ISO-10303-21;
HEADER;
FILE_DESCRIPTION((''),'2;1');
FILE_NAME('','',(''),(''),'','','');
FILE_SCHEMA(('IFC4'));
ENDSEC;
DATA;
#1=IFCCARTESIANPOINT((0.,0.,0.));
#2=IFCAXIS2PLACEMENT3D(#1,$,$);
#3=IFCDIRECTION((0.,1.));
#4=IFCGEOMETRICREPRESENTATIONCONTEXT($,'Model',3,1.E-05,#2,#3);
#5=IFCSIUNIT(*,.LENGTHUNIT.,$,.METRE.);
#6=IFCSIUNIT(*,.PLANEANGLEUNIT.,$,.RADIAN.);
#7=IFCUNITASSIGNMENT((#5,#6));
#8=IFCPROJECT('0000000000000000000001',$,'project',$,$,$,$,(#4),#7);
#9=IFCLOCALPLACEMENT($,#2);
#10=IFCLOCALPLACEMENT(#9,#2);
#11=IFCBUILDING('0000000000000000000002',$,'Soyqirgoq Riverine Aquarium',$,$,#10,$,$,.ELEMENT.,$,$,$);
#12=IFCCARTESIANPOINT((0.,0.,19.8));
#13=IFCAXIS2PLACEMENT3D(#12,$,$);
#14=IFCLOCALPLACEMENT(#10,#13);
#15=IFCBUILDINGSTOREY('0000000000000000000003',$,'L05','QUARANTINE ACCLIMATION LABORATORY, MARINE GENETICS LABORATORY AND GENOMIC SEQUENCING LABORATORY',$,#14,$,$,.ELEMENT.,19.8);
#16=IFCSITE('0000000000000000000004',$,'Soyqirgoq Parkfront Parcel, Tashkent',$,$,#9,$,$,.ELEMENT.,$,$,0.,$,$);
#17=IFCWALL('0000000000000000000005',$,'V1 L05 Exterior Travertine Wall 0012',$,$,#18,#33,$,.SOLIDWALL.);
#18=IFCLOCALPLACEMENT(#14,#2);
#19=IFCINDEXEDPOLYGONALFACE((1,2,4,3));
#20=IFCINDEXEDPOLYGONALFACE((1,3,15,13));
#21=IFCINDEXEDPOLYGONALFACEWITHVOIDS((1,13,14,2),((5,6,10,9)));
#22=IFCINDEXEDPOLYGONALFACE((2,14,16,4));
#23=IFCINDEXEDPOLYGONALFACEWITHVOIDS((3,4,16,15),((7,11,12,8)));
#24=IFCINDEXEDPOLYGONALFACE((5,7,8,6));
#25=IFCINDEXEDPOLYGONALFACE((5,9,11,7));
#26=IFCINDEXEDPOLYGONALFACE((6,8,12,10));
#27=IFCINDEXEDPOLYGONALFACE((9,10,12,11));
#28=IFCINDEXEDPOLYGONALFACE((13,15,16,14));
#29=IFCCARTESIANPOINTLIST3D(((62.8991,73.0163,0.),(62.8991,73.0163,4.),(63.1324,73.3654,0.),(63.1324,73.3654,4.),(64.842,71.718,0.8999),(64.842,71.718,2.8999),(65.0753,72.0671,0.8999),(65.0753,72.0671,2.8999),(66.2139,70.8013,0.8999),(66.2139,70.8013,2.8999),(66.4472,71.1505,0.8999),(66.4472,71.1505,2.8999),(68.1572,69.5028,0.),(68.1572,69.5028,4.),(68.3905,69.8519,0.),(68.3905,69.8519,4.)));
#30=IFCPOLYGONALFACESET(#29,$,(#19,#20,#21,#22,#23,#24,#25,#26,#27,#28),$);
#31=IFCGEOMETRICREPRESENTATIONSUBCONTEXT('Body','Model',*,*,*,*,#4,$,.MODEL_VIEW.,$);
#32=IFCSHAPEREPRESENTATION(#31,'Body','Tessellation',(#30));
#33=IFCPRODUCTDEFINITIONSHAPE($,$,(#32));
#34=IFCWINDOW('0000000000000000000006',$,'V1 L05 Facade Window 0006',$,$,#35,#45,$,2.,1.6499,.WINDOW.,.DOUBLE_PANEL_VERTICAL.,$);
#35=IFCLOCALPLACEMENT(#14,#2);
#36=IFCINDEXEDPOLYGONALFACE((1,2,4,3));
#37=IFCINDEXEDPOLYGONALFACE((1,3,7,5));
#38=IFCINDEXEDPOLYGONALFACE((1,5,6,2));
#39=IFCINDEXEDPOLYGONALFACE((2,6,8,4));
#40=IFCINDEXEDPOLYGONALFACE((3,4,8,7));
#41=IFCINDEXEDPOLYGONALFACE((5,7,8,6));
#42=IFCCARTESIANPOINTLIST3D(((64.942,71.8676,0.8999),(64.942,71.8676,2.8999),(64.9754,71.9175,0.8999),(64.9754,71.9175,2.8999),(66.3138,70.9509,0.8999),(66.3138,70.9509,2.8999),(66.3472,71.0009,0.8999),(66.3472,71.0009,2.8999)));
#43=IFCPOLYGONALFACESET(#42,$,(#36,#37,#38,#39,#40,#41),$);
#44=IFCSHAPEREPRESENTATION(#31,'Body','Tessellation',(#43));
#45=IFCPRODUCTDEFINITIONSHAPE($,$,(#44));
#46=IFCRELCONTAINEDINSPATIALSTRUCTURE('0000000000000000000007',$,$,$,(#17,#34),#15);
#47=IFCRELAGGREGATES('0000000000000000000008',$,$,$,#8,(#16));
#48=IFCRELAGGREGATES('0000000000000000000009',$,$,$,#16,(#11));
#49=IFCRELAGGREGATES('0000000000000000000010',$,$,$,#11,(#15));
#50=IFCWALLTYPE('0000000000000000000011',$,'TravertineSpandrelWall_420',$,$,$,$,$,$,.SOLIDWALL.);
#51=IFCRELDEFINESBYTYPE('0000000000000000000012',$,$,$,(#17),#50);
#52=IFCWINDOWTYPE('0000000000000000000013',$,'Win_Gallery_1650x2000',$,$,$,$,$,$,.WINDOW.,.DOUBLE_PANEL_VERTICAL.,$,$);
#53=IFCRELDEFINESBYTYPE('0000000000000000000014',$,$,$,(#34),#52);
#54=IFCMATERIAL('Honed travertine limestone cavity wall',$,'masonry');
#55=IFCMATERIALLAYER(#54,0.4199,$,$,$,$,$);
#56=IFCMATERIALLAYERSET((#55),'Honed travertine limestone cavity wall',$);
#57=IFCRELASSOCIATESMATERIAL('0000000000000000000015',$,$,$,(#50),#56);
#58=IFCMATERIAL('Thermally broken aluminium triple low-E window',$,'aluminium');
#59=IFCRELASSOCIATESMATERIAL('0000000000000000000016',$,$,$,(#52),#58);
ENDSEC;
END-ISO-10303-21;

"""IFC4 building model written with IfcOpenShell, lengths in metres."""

from ifc_helpers import new_model, si_unit, direction, frame, frame_2d, origin, place, context, subcontext, project, spatial, rectangle, extrude, material, layer, layer_set, type_object, element, fill, save


model = new_model("IFC4")

# Units and contexts
model_context = context("Model", 3, precision=1e-05, world=origin(), true_north=direction((0.0, 1.0)))
body_context = subcontext(model_context, "Body", "Model", "MODEL_VIEW")
ifc_project = project(units=[si_unit("LENGTHUNIT", "METRE"), si_unit("PLANEANGLEUNIT", "RADIAN")], contexts=[model_context])

# Site, building, storey
site_placement = place(None, origin())
site = spatial("IfcSite", under=ifc_project, at=site_placement, Name="Soyqirgoq Parkfront Parcel, Tashkent", CompositionType="ELEMENT", RefElevation=0.0)
building_placement = place(site_placement, origin())
building = spatial("IfcBuilding", under=site, at=building_placement, Name="Soyqirgoq Riverine Aquarium", CompositionType="ELEMENT")
storey_placement = place(building_placement, frame((0.0, 0.0, 19.8)))
storey = spatial("IfcBuildingStorey", under=building, at=storey_placement, Name="L05", Description="QUARANTINE ACCLIMATION LABORATORY, MARINE GENETICS LABORATORY AND GENOMIC SEQUENCING LABORATORY", CompositionType="ELEMENT", Elevation=19.8)

# Wall, opening, window
ifc_material_1 = material(Name="Honed travertine limestone cavity wall", Category="masonry")
ifc_layer_1 = layer(ifc_material_1, 0.4199)
ifc_layer_set_1 = layer_set([ifc_layer_1], Name="Honed travertine limestone cavity wall")
wall_type_1 = type_object("IfcWallType", Name="TravertineSpandrelWall_420", PredefinedType="SOLIDWALL", material=ifc_layer_set_1)
wall_1_placement = place(storey_placement, frame((63.0156, 73.1909, 0.0), z_axis=(0.0, 0.0, 1.0), x_axis=(0.831462, -0.555582, 0.0)))
wall_1 = element("IfcWall", 1, at=wall_1_placement, inside=storey, type_object=wall_type_1, Name="V1 L05 Exterior Travertine Wall 0012", PredefinedType="SOLIDWALL", context=body_context, shape_type="SweptSolid", body=[
    extrude(rectangle(XDim=6.324, YDim=0.4199, at=frame_2d((3.1621, 0.0))), origin(), (0.0, 0.0, 1.0), 4.0),
])
opening_placement = place(wall_1_placement, frame((2.3369, 0.0, 0.8999)))
opening = element("IfcOpeningElement", 2, at=opening_placement, cuts=wall_1, PredefinedType="OPENING", context=body_context, shape_type="SweptSolid", body=[
    extrude(rectangle(XDim=1.6499, YDim=2.0, at=frame_2d((0.825, 1.0))), frame((0.0, 0.22, 0.0), z_axis=(0.0, -1.0, 0.0), x_axis=(1.0, 0.0, 0.0)), (0.0, 0.0, 1.0), 0.4399),
])
ifc_material_2 = material(Name="Thermally broken aluminium triple low-E window", Category="aluminium")
window_type = type_object("IfcWindowType", Name="Win_Gallery_1650x2000", PartitioningType="DOUBLE_PANEL_VERTICAL", PredefinedType="WINDOW", material=ifc_material_2)
window_placement = place(opening_placement, origin())
window = element("IfcWindow", 3, at=window_placement, inside=storey, type_object=window_type, Name="V1 L05 Facade Window 0006", OverallHeight=2.0, OverallWidth=1.6499, PartitioningType="DOUBLE_PANEL_VERTICAL", PredefinedType="WINDOW", context=body_context, shape_type="SweptSolid", body=[
    extrude(rectangle(XDim=1.6499, YDim=2.0, at=frame_2d((0.825, 1.0))), frame((0.0, 0.03, 0.0), z_axis=(0.0, -1.0, 0.0), x_axis=(1.0, 0.0, 0.0)), (0.0, 0.0, 1.0), 0.0601),
])
fill(opening, window)

save(model, "model.ifc")
